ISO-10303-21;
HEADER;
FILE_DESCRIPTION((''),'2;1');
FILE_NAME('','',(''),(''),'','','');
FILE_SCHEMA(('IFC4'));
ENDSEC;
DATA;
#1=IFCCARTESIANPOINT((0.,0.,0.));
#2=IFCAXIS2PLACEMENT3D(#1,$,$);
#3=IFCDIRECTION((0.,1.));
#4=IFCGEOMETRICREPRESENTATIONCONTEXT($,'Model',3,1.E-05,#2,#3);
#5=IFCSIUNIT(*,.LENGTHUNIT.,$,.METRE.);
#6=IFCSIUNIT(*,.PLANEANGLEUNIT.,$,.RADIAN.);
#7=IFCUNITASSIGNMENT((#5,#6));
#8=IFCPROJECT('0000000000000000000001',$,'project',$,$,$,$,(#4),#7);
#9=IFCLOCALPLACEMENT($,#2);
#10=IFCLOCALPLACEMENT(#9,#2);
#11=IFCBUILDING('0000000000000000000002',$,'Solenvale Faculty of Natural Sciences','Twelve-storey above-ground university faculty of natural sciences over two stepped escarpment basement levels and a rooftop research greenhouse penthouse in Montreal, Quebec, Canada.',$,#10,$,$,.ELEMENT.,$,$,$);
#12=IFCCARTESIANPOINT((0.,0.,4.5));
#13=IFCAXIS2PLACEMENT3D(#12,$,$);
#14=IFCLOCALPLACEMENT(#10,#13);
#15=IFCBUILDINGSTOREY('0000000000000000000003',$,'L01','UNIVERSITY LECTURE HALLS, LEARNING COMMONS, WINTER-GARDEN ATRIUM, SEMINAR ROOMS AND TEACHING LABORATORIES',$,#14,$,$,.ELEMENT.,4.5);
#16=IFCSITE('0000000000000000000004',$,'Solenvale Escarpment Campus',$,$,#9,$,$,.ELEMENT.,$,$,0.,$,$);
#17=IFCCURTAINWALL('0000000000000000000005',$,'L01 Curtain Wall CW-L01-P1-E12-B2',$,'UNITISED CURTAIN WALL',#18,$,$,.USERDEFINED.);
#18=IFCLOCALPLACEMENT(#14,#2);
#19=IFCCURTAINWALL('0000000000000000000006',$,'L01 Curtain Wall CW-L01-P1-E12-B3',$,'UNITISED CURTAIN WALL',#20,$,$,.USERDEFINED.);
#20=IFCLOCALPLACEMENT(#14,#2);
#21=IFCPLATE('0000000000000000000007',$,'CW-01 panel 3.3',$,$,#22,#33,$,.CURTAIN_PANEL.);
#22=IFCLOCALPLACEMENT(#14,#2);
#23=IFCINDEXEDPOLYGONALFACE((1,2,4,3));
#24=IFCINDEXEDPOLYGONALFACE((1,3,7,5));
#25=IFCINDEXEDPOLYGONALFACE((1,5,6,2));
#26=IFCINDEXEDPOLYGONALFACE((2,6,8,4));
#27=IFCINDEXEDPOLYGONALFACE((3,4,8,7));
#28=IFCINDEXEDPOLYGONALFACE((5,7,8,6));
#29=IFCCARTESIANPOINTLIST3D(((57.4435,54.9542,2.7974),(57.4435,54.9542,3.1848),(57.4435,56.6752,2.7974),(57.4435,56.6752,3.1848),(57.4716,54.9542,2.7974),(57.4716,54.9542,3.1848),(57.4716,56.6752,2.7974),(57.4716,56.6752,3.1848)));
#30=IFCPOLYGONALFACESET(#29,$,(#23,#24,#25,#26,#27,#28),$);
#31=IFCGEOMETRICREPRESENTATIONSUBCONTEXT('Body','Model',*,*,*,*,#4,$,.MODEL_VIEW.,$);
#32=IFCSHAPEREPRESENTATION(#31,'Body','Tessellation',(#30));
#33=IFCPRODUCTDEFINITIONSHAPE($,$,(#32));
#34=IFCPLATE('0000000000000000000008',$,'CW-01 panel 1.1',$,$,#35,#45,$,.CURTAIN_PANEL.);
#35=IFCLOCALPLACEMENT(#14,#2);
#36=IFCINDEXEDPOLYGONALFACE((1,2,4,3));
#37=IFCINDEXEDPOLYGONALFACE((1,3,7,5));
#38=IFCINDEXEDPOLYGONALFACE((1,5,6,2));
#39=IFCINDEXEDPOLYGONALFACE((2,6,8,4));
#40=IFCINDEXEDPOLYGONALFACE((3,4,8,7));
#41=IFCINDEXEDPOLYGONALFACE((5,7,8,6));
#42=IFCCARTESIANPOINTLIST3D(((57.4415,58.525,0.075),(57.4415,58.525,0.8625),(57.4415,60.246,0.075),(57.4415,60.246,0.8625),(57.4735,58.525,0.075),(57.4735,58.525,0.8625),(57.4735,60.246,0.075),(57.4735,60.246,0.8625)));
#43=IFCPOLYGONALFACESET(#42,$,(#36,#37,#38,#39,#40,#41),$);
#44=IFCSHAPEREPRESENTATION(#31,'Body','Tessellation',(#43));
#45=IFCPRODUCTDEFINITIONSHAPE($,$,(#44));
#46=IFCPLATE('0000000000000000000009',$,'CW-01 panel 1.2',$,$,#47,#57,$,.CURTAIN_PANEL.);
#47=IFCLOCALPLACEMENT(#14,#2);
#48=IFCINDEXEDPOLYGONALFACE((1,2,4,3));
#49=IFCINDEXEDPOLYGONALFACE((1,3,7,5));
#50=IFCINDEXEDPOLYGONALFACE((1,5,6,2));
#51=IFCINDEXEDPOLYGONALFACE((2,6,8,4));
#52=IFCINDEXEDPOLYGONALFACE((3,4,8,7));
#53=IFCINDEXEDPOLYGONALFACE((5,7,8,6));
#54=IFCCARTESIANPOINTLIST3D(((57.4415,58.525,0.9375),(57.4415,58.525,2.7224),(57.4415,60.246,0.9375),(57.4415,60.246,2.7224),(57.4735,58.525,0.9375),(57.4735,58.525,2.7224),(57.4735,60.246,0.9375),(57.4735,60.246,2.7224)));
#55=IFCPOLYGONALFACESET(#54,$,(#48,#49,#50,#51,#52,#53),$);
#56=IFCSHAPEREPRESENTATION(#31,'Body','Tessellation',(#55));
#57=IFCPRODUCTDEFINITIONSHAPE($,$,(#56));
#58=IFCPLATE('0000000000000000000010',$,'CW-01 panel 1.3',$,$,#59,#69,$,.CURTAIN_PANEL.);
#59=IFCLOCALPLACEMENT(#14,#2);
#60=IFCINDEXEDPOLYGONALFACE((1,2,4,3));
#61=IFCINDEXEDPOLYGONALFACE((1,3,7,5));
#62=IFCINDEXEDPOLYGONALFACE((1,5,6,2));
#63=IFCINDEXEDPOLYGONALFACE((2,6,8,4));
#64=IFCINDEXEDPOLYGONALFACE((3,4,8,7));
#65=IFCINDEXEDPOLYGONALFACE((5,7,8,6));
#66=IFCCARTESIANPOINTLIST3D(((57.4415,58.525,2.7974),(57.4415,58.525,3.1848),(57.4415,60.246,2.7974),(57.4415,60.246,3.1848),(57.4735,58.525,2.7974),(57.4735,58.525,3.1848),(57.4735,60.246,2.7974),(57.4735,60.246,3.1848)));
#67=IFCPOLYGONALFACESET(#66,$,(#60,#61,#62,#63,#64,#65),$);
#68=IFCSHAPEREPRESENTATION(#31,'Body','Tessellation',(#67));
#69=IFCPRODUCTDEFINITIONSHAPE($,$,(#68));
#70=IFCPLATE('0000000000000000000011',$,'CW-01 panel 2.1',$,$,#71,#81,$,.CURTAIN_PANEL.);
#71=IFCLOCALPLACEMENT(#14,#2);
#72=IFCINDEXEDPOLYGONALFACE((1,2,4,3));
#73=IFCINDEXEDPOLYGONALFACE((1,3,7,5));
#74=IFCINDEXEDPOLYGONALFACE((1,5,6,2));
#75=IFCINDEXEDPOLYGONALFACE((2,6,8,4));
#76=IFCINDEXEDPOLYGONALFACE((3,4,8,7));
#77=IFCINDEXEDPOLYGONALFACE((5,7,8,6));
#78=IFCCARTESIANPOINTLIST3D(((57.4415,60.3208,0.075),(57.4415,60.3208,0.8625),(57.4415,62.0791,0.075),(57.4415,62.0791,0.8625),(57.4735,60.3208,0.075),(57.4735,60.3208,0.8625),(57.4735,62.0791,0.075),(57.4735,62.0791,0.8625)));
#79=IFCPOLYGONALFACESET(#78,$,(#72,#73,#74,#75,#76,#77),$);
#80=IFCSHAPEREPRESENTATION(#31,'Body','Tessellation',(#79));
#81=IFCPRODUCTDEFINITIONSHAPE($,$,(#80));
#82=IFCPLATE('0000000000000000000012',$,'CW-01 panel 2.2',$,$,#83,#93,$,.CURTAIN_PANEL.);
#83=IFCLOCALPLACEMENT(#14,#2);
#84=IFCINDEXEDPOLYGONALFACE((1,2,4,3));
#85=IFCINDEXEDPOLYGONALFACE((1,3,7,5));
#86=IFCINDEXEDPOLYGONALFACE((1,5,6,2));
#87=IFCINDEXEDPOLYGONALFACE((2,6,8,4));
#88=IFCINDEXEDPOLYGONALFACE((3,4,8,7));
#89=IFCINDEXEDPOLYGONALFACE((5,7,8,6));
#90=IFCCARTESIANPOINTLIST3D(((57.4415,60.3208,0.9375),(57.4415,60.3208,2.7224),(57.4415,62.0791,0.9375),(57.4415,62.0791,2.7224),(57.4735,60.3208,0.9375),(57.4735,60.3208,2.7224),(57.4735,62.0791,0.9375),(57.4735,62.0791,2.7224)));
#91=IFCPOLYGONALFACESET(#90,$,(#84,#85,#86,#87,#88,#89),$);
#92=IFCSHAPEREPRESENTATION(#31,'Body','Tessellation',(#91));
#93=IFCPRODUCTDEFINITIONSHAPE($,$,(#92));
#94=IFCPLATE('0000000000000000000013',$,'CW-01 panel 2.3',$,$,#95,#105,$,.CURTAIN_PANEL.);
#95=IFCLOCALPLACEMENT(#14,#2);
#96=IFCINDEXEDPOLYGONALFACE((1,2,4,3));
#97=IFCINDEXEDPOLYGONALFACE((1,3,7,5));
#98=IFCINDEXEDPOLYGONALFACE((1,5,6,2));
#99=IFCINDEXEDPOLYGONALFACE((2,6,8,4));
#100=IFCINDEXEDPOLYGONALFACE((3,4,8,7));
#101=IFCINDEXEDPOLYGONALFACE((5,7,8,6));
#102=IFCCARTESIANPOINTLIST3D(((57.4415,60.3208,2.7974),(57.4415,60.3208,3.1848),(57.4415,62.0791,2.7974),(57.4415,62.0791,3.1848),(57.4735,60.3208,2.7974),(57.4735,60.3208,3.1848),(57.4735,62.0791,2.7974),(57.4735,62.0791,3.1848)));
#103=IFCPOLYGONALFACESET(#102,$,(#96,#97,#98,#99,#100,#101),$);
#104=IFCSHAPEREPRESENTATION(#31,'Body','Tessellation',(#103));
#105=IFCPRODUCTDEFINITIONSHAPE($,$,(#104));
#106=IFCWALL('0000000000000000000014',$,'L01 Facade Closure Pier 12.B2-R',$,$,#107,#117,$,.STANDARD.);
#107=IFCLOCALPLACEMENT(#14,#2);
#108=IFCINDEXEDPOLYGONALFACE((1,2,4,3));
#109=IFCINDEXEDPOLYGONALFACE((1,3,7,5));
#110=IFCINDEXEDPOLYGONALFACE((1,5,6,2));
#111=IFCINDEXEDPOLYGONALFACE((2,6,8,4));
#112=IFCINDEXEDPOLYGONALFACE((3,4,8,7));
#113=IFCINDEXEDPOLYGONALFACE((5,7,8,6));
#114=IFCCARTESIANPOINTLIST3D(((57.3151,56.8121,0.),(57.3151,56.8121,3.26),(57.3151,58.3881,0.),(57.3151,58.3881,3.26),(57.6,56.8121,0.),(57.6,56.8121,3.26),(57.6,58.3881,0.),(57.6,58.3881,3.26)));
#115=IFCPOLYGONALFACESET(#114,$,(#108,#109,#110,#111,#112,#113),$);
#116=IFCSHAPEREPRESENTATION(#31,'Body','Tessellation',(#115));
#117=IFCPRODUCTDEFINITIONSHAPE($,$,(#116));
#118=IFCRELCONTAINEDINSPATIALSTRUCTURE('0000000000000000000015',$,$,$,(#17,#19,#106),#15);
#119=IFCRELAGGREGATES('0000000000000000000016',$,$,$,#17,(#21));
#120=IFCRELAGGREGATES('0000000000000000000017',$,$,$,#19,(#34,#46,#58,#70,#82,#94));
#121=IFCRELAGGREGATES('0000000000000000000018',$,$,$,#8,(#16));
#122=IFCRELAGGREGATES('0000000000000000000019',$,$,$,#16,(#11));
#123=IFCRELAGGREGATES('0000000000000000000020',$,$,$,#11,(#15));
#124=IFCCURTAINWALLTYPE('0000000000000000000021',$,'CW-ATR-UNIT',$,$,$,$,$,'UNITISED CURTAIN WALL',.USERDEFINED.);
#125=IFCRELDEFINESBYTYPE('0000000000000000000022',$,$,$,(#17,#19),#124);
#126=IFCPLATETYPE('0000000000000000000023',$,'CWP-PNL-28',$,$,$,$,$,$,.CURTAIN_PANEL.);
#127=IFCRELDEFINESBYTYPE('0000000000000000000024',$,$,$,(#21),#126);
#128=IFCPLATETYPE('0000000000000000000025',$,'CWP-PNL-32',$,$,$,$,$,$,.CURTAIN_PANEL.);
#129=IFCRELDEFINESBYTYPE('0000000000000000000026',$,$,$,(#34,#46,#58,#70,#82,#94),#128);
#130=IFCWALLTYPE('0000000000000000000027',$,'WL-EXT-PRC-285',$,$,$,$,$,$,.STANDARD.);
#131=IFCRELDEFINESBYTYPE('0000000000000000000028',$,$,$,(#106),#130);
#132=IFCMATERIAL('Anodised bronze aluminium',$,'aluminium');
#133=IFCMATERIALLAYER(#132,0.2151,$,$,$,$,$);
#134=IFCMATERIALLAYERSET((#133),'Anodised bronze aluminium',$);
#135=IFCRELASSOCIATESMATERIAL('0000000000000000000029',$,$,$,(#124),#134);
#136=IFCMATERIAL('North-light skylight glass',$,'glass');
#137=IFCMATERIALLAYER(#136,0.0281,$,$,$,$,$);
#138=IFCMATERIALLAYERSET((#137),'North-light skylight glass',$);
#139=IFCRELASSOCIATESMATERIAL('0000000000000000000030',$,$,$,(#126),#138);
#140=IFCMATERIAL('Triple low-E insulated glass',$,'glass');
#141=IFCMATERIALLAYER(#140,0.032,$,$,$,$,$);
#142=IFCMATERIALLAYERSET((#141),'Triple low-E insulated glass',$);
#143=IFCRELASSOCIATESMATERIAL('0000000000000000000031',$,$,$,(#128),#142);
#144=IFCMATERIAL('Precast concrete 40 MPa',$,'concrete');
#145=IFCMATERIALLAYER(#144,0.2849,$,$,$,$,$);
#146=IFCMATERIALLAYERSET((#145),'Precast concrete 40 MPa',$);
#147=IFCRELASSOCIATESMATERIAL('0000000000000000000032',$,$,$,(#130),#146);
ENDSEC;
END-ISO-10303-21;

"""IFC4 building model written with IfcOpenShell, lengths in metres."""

from ifc_helpers import new_model, si_unit, direction, frame, frame_2d, origin, origin_2d, place, context, subcontext, project, spatial, rectangle, extrude, material, layer, layer_set, type_object, element, aggregate, save


model = new_model("IFC4")

# Units and contexts
model_context = context("Model", 3, precision=1e-05, world=origin(), true_north=direction((0.0, 1.0)))
body_context = subcontext(model_context, "Body", "Model", "MODEL_VIEW")
ifc_project = project(units=[si_unit("LENGTHUNIT", "METRE"), si_unit("PLANEANGLEUNIT", "RADIAN")], contexts=[model_context])

# Site, building, storey
site_placement = place(None, origin())
site = spatial("IfcSite", under=ifc_project, at=site_placement, Name="Solenvale Escarpment Campus", CompositionType="ELEMENT", RefElevation=0.0)
building_placement = place(site_placement, origin())
building = spatial("IfcBuilding", under=site, at=building_placement, Name="Solenvale Faculty of Natural Sciences", Description="Twelve-storey above-ground university faculty of natural sciences over two stepped escarpment basement levels and a rooftop research greenhouse penthouse in Montreal, Quebec, Canada.", CompositionType="ELEMENT")
storey_placement = place(building_placement, frame((0.0, 0.0, 4.5)))
storey = spatial("IfcBuildingStorey", under=building, at=storey_placement, Name="L01", Description="UNIVERSITY LECTURE HALLS, LEARNING COMMONS, WINTER-GARDEN ATRIUM, SEMINAR ROOMS AND TEACHING LABORATORIES", CompositionType="ELEMENT", Elevation=4.5)

# Curtain wall
ifc_material_1 = material(Name="Anodised bronze aluminium", Category="aluminium")
ifc_layer_1 = layer(ifc_material_1, 0.2151)
ifc_layer_set_1 = layer_set([ifc_layer_1], Name="Anodised bronze aluminium")
curtain_wall_type = type_object("IfcCurtainWallType", Name="CW-ATR-UNIT", ElementType="UNITISED CURTAIN WALL", PredefinedType="USERDEFINED", material=ifc_layer_set_1)
curtain_wall_1_placement = place(storey_placement, origin())
curtain_wall_1 = element("IfcCurtainWall", 1, at=curtain_wall_1_placement, inside=storey, type_object=curtain_wall_type, Name="L01 Curtain Wall CW-L01-P1-E12-B2", ObjectType="UNITISED CURTAIN WALL", PredefinedType="USERDEFINED")

# Curtain wall
curtain_wall_2_placement = place(storey_placement, origin())
curtain_wall_2 = element("IfcCurtainWall", 2, at=curtain_wall_2_placement, inside=storey, type_object=curtain_wall_type, Name="L01 Curtain Wall CW-L01-P1-E12-B3", ObjectType="UNITISED CURTAIN WALL", PredefinedType="USERDEFINED")

# Plates
ifc_material_2 = material(Name="North-light skylight glass", Category="glass")
ifc_layer_2 = layer(ifc_material_2, 0.0281)
ifc_layer_set_2 = layer_set([ifc_layer_2], Name="North-light skylight glass")
plate_type_1 = type_object("IfcPlateType", Name="CWP-PNL-28", PredefinedType="CURTAIN_PANEL", material=ifc_layer_set_2)
plate_1_placement = place(storey_placement, frame((57.4575, 55.8147, 2.7974), z_axis=(0.0, 0.0, 1.0), x_axis=(0.0, 1.0, 0.0)))
plate_1 = element("IfcPlate", 3, at=plate_1_placement, type_object=plate_type_1, Name="CW-01 panel 3.3", PredefinedType="CURTAIN_PANEL", context=body_context, shape_type="SweptSolid", body=[
    extrude(rectangle(XDim=1.7209, YDim=0.0281, at=origin_2d()), origin(), (0.0, 0.0, 1.0), 0.3875),
])
aggregate(curtain_wall_1, [plate_1])
ifc_material_3 = material(Name="Triple low-E insulated glass", Category="glass")
ifc_layer_3 = layer(ifc_material_3, 0.032)
ifc_layer_set_3 = layer_set([ifc_layer_3], Name="Triple low-E insulated glass")
plate_type_2 = type_object("IfcPlateType", Name="CWP-PNL-32", PredefinedType="CURTAIN_PANEL", material=ifc_layer_set_3)
plate_2_placement = place(storey_placement, frame((57.4575, 59.3855, 0.075), z_axis=(0.0, 0.0, 1.0), x_axis=(0.0, 1.0, 0.0)))
plate_2 = element("IfcPlate", 4, at=plate_2_placement, type_object=plate_type_2, Name="CW-01 panel 1.1", PredefinedType="CURTAIN_PANEL", context=body_context, shape_type="SweptSolid", body=[
    extrude(rectangle(XDim=1.7209, YDim=0.032, at=origin_2d()), origin(), (0.0, 0.0, 1.0), 0.7876),
])
plate_3_placement = place(storey_placement, frame((57.4575, 59.3855, 0.9375), z_axis=(0.0, 0.0, 1.0), x_axis=(0.0, 1.0, 0.0)))
plate_3 = element("IfcPlate", 5, at=plate_3_placement, type_object=plate_type_2, Name="CW-01 panel 1.2", PredefinedType="CURTAIN_PANEL", context=body_context, shape_type="SweptSolid", body=[
    extrude(rectangle(XDim=1.7209, YDim=0.032, at=origin_2d()), origin(), (0.0, 0.0, 1.0), 1.7849),
])
plate_4_placement = place(storey_placement, frame((57.4575, 59.3855, 2.7974), z_axis=(0.0, 0.0, 1.0), x_axis=(0.0, 1.0, 0.0)))
plate_4 = element("IfcPlate", 6, at=plate_4_placement, type_object=plate_type_2, Name="CW-01 panel 1.3", PredefinedType="CURTAIN_PANEL", context=body_context, shape_type="SweptSolid", body=[
    extrude(rectangle(XDim=1.7209, YDim=0.032, at=origin_2d()), origin(), (0.0, 0.0, 1.0), 0.3875),
])
plate_5_placement = place(storey_placement, frame((57.4575, 61.2, 0.075), z_axis=(0.0, 0.0, 1.0), x_axis=(0.0, 1.0, 0.0)))
plate_5 = element("IfcPlate", 7, at=plate_5_placement, type_object=plate_type_2, Name="CW-01 panel 2.1", PredefinedType="CURTAIN_PANEL", context=body_context, shape_type="SweptSolid", body=[
    extrude(rectangle(XDim=1.7583, YDim=0.032, at=origin_2d()), origin(), (0.0, 0.0, 1.0), 0.7876),
])
plate_6_placement = place(storey_placement, frame((57.4575, 61.2, 0.9375), z_axis=(0.0, 0.0, 1.0), x_axis=(0.0, 1.0, 0.0)))
plate_6 = element("IfcPlate", 8, at=plate_6_placement, type_object=plate_type_2, Name="CW-01 panel 2.2", PredefinedType="CURTAIN_PANEL", context=body_context, shape_type="SweptSolid", body=[
    extrude(rectangle(XDim=1.7583, YDim=0.032, at=origin_2d()), origin(), (0.0, 0.0, 1.0), 1.7849),
])
plate_7_placement = place(storey_placement, frame((57.4575, 61.2, 2.7974), z_axis=(0.0, 0.0, 1.0), x_axis=(0.0, 1.0, 0.0)))
plate_7 = element("IfcPlate", 9, at=plate_7_placement, type_object=plate_type_2, Name="CW-01 panel 2.3", PredefinedType="CURTAIN_PANEL", context=body_context, shape_type="SweptSolid", body=[
    extrude(rectangle(XDim=1.7583, YDim=0.032, at=origin_2d()), origin(), (0.0, 0.0, 1.0), 0.3875),
])
aggregate(curtain_wall_2, [plate_2, plate_3, plate_4, plate_5, plate_6, plate_7])

# Wall
ifc_material_4 = material(Name="Precast concrete 40 MPa", Category="concrete")
ifc_layer_4 = layer(ifc_material_4, 0.2849)
ifc_layer_set_4 = layer_set([ifc_layer_4], Name="Precast concrete 40 MPa")
wall_type = type_object("IfcWallType", Name="WL-EXT-PRC-285", PredefinedType="STANDARD", material=ifc_layer_set_4)
wall_placement = place(storey_placement, frame((57.4575, 56.812, 0.0), z_axis=(0.0, 0.0, 1.0), x_axis=(0.0, 1.0, 0.0)))
element("IfcWall", 10, at=wall_placement, inside=storey, type_object=wall_type, Name="L01 Facade Closure Pier 12.B2-R", PredefinedType="STANDARD", context=body_context, shape_type="SweptSolid", body=[
    extrude(rectangle(XDim=1.5759, YDim=0.2849, at=frame_2d((0.7881, 0.0))), origin(), (0.0, 0.0, 1.0), 3.26),
])

save(model, "model.ifc")
